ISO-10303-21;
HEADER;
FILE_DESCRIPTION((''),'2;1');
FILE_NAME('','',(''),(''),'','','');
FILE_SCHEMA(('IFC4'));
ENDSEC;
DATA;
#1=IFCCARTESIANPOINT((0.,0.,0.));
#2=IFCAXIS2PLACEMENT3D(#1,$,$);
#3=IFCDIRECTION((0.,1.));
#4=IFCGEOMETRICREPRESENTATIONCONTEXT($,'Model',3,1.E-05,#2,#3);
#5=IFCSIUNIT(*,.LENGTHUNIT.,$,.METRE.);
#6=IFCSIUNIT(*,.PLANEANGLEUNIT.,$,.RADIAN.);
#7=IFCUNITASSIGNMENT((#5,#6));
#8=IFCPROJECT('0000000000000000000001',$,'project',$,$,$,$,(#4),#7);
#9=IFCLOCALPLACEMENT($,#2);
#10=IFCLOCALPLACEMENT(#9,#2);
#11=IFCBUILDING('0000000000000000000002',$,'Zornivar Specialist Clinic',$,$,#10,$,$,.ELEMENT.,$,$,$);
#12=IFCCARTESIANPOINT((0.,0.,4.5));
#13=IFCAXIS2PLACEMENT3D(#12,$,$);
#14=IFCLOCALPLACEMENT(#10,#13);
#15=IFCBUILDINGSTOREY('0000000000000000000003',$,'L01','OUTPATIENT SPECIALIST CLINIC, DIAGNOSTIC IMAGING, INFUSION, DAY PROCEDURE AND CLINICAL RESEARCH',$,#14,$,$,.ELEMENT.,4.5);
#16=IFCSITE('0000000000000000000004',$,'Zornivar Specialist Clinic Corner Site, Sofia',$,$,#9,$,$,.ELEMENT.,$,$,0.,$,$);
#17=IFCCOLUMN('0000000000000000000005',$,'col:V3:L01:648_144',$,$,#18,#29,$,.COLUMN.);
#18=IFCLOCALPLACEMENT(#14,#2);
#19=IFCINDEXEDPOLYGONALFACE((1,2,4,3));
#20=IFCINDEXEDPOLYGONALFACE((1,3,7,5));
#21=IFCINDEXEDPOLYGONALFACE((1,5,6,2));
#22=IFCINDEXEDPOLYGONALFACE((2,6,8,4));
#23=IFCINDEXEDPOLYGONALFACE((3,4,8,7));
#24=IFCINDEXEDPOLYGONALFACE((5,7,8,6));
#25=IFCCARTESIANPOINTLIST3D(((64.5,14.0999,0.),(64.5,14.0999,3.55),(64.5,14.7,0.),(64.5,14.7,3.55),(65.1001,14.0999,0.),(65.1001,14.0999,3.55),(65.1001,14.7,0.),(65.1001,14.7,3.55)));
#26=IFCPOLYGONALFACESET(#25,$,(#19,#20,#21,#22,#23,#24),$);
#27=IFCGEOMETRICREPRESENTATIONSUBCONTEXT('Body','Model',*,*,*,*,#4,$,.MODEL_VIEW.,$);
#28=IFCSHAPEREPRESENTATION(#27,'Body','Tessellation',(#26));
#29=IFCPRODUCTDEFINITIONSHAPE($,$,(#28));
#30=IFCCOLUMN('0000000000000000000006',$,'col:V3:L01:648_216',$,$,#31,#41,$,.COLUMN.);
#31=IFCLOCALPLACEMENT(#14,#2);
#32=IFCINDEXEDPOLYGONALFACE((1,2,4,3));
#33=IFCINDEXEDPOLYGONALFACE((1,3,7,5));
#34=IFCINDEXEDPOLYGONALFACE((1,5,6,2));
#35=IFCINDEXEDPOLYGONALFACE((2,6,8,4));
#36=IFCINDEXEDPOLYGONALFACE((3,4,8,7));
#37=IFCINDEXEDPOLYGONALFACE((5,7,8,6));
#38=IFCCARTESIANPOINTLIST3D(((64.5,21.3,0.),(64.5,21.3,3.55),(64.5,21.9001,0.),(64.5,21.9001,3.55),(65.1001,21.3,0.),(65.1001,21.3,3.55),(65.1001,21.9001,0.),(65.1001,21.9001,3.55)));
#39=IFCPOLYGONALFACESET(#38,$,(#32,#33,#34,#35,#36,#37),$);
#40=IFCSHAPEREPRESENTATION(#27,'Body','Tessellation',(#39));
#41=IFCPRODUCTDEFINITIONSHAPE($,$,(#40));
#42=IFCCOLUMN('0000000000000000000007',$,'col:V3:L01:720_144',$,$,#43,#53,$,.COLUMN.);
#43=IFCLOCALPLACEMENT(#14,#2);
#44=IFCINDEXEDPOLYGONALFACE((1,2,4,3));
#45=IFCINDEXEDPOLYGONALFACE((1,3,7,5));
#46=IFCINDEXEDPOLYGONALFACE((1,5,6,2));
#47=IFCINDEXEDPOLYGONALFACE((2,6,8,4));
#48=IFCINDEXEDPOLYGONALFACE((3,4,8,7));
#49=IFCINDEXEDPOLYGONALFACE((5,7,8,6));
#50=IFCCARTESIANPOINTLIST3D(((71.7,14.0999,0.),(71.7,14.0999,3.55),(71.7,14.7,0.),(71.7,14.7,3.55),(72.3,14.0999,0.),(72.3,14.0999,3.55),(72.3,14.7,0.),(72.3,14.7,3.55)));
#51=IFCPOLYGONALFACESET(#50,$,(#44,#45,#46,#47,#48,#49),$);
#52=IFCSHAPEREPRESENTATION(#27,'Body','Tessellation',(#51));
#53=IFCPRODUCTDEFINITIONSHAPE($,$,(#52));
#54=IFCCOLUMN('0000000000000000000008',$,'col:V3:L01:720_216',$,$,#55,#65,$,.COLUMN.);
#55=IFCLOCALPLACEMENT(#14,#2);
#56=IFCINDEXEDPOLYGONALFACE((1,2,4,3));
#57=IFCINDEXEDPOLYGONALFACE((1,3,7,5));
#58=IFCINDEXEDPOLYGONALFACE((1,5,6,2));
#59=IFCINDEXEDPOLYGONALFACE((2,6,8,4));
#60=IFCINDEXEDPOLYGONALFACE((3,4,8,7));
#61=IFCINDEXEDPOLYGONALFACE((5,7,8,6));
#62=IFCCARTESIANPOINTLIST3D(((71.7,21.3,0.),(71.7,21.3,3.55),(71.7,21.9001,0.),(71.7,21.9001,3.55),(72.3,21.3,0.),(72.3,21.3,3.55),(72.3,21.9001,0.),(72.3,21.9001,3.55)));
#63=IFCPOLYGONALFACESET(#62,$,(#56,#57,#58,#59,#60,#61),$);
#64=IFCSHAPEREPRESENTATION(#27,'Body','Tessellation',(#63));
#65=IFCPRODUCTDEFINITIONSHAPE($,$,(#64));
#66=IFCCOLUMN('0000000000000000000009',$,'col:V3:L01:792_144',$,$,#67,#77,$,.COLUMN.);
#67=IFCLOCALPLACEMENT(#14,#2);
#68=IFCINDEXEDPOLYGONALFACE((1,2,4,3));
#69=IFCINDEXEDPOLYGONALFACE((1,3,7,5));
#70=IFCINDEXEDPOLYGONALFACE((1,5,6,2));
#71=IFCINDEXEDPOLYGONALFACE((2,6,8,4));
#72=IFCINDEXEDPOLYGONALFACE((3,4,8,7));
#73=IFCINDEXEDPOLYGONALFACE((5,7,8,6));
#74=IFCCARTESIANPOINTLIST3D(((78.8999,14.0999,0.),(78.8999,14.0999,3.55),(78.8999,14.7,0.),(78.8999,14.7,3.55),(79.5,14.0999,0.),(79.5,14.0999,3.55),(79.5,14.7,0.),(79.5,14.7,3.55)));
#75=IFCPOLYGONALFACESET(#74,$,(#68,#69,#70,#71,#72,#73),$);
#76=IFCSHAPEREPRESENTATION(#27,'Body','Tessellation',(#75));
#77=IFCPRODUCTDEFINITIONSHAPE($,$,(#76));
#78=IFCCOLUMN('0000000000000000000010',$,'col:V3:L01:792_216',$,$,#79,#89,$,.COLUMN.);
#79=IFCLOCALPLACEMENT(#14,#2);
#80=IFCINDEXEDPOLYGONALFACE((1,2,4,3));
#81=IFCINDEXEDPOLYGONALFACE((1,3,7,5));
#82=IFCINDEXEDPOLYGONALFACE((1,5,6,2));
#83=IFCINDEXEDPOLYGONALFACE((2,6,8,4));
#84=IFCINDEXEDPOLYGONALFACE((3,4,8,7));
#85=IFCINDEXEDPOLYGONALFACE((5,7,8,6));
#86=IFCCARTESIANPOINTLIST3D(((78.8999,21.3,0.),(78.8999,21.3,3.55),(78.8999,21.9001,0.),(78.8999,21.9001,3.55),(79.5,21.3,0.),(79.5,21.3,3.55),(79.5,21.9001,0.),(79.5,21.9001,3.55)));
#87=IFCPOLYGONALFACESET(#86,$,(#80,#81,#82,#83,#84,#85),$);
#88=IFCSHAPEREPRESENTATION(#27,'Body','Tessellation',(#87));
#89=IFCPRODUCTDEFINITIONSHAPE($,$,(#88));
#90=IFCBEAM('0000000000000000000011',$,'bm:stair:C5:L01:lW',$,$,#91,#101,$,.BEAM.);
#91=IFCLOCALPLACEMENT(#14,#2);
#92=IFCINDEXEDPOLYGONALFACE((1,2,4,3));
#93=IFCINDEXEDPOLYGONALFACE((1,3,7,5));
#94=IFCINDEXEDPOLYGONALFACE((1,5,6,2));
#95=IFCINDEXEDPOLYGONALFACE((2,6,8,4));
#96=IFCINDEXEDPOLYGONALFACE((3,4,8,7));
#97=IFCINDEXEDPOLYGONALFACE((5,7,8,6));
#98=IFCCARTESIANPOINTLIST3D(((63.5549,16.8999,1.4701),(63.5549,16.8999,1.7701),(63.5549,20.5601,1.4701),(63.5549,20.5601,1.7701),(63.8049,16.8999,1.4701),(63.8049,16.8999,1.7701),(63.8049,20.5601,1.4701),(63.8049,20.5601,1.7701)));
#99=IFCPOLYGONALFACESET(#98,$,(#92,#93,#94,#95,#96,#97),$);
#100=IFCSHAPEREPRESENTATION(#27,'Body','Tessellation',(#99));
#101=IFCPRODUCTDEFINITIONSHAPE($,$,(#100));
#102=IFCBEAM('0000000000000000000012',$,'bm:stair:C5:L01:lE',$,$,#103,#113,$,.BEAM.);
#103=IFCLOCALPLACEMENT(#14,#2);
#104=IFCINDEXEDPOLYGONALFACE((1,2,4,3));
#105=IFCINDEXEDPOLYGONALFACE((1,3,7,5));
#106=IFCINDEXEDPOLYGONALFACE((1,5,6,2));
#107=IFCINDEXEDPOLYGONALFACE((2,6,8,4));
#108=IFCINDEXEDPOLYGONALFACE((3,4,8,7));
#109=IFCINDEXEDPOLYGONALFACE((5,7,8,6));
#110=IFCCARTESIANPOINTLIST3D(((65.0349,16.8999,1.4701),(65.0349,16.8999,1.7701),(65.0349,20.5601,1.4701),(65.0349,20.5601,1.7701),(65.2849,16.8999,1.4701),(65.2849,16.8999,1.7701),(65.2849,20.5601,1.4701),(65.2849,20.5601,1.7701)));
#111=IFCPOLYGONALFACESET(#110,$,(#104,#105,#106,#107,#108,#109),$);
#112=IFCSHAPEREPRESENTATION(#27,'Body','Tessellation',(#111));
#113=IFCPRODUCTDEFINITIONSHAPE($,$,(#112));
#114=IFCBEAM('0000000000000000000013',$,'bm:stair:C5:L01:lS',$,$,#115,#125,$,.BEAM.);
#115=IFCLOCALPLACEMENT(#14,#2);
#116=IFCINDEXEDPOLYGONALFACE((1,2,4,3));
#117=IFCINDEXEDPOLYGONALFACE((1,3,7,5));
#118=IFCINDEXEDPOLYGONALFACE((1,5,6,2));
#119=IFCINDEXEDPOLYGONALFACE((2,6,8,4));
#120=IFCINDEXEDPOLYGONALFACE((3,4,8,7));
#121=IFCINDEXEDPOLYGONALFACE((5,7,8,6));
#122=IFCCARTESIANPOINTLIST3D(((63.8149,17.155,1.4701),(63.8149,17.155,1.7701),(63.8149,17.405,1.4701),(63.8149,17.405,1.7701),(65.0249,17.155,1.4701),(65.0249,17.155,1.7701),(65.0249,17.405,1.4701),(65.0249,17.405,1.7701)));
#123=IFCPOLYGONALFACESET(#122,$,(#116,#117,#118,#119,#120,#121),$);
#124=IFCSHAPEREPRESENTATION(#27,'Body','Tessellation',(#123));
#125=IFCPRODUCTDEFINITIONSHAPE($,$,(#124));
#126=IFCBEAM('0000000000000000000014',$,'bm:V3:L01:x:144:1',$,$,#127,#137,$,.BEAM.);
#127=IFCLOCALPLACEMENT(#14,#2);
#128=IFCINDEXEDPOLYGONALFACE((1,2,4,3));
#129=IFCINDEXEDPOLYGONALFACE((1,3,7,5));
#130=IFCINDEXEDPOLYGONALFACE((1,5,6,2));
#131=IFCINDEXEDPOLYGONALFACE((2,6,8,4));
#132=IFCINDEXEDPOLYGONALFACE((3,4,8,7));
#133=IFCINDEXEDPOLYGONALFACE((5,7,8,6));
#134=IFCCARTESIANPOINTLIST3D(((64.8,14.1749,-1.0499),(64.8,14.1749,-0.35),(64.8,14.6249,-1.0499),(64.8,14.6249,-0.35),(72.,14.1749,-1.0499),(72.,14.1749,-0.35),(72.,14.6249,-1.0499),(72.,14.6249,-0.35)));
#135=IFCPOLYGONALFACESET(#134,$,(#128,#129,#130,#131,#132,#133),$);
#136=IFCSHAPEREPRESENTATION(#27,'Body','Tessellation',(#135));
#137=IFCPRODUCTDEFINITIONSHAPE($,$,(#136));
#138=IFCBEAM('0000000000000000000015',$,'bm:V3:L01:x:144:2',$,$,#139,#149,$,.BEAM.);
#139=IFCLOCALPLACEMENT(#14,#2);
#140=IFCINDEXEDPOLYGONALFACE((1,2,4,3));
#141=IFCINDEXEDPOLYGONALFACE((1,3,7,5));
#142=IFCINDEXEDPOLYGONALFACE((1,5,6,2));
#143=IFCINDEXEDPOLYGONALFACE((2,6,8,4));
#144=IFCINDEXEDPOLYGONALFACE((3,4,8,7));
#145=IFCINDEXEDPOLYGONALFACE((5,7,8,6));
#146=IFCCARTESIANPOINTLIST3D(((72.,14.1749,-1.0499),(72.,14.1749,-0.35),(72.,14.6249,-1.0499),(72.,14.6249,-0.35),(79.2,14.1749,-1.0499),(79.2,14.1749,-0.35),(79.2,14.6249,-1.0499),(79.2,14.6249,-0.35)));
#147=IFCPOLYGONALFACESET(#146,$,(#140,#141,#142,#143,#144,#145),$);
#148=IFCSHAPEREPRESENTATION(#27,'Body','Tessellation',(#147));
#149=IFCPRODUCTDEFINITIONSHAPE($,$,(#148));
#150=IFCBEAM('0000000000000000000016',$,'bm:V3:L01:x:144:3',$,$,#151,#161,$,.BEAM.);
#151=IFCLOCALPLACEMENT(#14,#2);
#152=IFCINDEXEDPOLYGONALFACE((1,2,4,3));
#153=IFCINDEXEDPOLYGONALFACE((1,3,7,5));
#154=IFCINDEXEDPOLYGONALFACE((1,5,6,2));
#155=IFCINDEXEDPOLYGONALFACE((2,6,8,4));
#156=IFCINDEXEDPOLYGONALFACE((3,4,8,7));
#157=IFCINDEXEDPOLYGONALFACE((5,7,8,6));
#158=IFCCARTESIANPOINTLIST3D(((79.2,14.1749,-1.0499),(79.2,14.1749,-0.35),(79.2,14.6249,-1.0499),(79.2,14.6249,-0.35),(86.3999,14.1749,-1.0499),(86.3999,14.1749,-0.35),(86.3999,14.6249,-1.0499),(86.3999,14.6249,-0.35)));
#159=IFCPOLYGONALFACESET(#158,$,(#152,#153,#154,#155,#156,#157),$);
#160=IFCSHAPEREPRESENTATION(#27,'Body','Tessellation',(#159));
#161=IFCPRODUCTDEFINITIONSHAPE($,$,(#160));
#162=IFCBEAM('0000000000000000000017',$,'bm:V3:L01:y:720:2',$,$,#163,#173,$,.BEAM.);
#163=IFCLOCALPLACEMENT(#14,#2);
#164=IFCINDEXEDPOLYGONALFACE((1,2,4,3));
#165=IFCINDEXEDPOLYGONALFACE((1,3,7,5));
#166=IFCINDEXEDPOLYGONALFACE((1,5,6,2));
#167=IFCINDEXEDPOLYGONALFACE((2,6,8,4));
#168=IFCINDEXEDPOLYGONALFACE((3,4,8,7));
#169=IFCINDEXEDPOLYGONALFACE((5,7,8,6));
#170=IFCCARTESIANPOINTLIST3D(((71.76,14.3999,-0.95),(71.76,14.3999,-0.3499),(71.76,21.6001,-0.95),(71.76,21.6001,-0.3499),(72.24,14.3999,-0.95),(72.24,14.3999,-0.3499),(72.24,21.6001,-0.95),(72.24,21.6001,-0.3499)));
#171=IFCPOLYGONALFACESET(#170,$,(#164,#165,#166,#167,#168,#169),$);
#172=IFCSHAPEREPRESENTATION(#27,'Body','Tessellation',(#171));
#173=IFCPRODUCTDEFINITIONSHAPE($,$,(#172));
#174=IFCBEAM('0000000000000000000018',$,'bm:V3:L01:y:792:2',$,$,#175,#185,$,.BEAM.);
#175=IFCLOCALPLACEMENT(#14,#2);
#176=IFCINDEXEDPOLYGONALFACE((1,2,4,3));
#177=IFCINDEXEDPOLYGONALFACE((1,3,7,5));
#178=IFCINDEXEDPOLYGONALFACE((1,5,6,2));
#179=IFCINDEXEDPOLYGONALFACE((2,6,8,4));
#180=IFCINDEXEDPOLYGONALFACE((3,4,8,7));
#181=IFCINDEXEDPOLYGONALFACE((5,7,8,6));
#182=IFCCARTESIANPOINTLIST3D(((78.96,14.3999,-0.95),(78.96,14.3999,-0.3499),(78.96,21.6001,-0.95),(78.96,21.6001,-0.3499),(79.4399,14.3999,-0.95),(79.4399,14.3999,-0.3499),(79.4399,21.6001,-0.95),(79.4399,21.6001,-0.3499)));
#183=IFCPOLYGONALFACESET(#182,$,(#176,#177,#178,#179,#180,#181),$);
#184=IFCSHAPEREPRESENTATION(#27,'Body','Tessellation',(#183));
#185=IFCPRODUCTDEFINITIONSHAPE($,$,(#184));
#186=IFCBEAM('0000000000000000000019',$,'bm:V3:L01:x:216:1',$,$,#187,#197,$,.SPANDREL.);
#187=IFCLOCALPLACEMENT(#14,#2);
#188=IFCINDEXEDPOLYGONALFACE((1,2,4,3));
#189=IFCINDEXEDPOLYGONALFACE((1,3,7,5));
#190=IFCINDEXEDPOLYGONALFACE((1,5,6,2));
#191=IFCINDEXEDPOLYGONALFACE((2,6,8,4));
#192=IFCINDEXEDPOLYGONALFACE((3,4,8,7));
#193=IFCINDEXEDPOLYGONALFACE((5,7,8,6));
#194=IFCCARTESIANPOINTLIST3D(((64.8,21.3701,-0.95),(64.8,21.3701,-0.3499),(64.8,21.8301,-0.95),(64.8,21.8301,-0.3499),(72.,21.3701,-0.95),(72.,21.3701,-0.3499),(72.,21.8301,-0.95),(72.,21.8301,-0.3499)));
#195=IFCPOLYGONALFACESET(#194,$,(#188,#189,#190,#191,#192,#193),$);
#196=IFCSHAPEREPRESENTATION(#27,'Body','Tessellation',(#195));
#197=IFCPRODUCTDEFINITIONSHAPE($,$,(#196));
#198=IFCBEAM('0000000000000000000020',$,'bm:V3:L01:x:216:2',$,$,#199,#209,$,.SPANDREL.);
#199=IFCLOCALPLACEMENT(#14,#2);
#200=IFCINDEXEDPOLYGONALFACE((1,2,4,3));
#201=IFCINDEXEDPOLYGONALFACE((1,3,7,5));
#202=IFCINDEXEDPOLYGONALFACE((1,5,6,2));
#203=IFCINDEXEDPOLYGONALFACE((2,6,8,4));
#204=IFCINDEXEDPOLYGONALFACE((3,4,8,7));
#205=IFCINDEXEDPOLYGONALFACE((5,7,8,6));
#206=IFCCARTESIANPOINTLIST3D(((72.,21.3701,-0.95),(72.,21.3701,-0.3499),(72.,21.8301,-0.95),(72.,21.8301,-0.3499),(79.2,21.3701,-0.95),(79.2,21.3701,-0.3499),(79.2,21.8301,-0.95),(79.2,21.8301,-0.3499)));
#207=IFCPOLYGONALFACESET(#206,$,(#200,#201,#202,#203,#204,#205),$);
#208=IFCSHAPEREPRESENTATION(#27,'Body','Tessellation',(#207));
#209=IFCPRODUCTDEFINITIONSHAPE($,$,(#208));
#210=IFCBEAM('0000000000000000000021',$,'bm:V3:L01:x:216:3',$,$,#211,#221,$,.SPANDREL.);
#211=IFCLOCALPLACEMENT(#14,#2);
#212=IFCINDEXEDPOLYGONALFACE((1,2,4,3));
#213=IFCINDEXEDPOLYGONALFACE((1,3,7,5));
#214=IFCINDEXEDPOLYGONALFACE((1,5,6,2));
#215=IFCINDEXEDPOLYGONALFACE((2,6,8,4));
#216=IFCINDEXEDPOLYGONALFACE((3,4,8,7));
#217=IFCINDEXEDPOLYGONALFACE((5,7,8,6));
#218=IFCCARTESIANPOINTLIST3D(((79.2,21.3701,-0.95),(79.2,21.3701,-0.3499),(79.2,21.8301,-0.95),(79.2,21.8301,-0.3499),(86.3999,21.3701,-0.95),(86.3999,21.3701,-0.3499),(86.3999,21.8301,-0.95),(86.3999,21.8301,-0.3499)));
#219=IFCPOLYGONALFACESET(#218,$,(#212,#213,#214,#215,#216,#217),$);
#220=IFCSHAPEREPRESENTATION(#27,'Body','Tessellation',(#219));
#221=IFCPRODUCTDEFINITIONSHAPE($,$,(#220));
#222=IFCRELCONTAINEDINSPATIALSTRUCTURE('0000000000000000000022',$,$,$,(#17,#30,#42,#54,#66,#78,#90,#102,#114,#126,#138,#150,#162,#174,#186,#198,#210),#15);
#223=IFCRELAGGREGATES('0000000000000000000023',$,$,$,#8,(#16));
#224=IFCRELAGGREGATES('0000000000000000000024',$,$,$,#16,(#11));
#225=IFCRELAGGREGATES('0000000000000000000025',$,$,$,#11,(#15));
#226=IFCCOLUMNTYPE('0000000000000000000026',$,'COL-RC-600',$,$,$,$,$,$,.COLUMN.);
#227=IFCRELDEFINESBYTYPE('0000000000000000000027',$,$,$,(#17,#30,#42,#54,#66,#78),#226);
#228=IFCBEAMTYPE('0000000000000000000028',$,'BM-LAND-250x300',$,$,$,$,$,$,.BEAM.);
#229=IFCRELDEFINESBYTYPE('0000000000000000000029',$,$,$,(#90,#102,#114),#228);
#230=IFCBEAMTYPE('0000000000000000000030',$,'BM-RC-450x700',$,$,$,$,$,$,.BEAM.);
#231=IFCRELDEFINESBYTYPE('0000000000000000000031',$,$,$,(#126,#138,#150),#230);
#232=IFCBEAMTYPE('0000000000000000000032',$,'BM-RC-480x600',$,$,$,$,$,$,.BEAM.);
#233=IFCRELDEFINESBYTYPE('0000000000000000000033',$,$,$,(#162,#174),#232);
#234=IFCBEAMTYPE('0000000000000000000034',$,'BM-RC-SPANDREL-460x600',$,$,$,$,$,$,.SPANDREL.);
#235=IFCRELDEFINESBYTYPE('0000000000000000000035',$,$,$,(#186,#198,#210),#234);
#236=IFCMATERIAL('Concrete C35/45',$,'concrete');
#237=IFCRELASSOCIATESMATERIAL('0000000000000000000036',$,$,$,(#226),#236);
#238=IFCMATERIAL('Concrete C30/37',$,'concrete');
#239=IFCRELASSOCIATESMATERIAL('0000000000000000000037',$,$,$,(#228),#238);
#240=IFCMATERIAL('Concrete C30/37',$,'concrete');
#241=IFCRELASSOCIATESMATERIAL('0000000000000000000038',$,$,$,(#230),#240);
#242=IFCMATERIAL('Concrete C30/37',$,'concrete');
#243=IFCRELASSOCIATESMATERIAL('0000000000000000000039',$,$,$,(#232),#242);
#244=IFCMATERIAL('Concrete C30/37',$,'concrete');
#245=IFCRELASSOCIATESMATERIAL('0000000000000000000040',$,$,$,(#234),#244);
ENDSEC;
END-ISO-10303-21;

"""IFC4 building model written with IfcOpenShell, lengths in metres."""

from ifc_helpers import new_model, si_unit, direction, frame, origin, origin_2d, place, context, subcontext, project, spatial, rectangle, extrude, material, material_profile, profile_set, type_object, element, save


model = new_model("IFC4")

# Units and contexts
model_context = context("Model", 3, precision=1e-05, world=origin(), true_north=direction((0.0, 1.0)))
body_context = subcontext(model_context, "Body", "Model", "MODEL_VIEW")
ifc_project = project(units=[si_unit("LENGTHUNIT", "METRE"), si_unit("PLANEANGLEUNIT", "RADIAN")], contexts=[model_context])

# Site, building, storey
site_placement = place(None, origin())
site = spatial("IfcSite", under=ifc_project, at=site_placement, Name="Zornivar Specialist Clinic Corner Site, Sofia", CompositionType="ELEMENT", RefElevation=0.0)
building_placement = place(site_placement, origin())
building = spatial("IfcBuilding", under=site, at=building_placement, Name="Zornivar Specialist Clinic", CompositionType="ELEMENT")
storey_placement = place(building_placement, frame((0.0, 0.0, 4.5)))
storey = spatial("IfcBuildingStorey", under=building, at=storey_placement, Name="L01", Description="OUTPATIENT SPECIALIST CLINIC, DIAGNOSTIC IMAGING, INFUSION, DAY PROCEDURE AND CLINICAL RESEARCH", CompositionType="ELEMENT", Elevation=4.5)

# Columns
ifc_material_1 = material(Name="Concrete C35/45", Category="concrete")
ifc_material_profile_1 = material_profile(ifc_material_1, rectangle(XDim=0.6001, YDim=0.6001, at=origin_2d()), Name="RC 600x600")
ifc_profile_set_1 = profile_set([ifc_material_profile_1], Name="Concrete C35/45")
column_type = type_object("IfcColumnType", Name="COL-RC-600", PredefinedType="COLUMN", material=ifc_profile_set_1)
for number, where, z_axis, x_axis, name in (
    (1, (64.8, 14.3999, 0.0), (0.0, 0.0, 1.0), (1.0, 0.0, 0.0), "col:V3:L01:648_144"),
    (2, (64.8, 21.6001, 0.0), (0.0, 0.0, 1.0), (1.0, 0.0, 0.0), "col:V3:L01:648_216"),
    (3, (72.0, 14.3999, 0.0), (0.0, 0.0, 1.0), (1.0, 0.0, 0.0), "col:V3:L01:720_144"),
    (4, (72.0, 21.6001, 0.0), (0.0, 0.0, 1.0), (1.0, 0.0, 0.0), "col:V3:L01:720_216"),
    (5, (79.2, 14.3999, 0.0), (0.0, 0.0, 1.0), (1.0, 0.0, 0.0), "col:V3:L01:792_144"),
    (6, (79.2, 21.6001, 0.0), (0.0, 0.0, 1.0), (1.0, 0.0, 0.0), "col:V3:L01:792_216"),
):
    element("IfcColumn", number, at=place(storey_placement, frame(where, z_axis=z_axis, x_axis=x_axis)), inside=storey, type_object=column_type, Name=name, PredefinedType="COLUMN", context=body_context, shape_type="SweptSolid", body=[
        extrude(rectangle(XDim=0.6001, YDim=0.6001, at=origin_2d()), origin(), (0.0, 0.0, 1.0), 3.55),
    ])

# Beams
ifc_material_2 = material(Name="Concrete C30/37", Category="concrete")
ifc_material_profile_2 = material_profile(ifc_material_2, rectangle(XDim=0.25, YDim=0.3, at=origin_2d()), Name="RC 250x300")
ifc_profile_set_2 = profile_set([ifc_material_profile_2], Name="Concrete C30/37")
beam_type_1 = type_object("IfcBeamType", Name="BM-LAND-250x300", PredefinedType="BEAM", material=ifc_profile_set_2)
for number, where, z_axis, x_axis, name in (
    (7, (63.6799, 16.8999, 1.6201), (0.0, 1.0, 0.0), (-1.0, 0.0, 0.0), "bm:stair:C5:L01:lW"),
    (8, (65.1599, 16.8999, 1.6201), (0.0, 1.0, 0.0), (-1.0, 0.0, 0.0), "bm:stair:C5:L01:lE"),
):
    element("IfcBeam", number, at=place(storey_placement, frame(where, z_axis=z_axis, x_axis=x_axis)), inside=storey, type_object=beam_type_1, Name=name, PredefinedType="BEAM", context=body_context, shape_type="SweptSolid", body=[
        extrude(rectangle(XDim=0.25, YDim=0.3, at=origin_2d()), origin(), (0.0, 0.0, 1.0), 3.6602),
    ])
beam_placement = place(storey_placement, frame((63.8149, 17.28, 1.6201), z_axis=(1.0, 0.0, 0.0), x_axis=(0.0, 1.0, 0.0)))
element("IfcBeam", 9, at=beam_placement, inside=storey, type_object=beam_type_1, Name="bm:stair:C5:L01:lS", PredefinedType="BEAM", context=body_context, shape_type="SweptSolid", body=[
    extrude(rectangle(XDim=0.25, YDim=0.3, at=origin_2d()), origin(), (0.0, 0.0, 1.0), 1.21),
])
ifc_material_3 = material(Name="Concrete C30/37", Category="concrete")
ifc_material_profile_3 = material_profile(ifc_material_3, rectangle(XDim=0.45, YDim=0.7, at=origin_2d()), Name="RC 450x700")
ifc_profile_set_3 = profile_set([ifc_material_profile_3], Name="Concrete C30/37")
beam_type_2 = type_object("IfcBeamType", Name="BM-RC-450x700", PredefinedType="BEAM", material=ifc_profile_set_3)
for number, where, z_axis, x_axis, name in (
    (10, (64.8, 14.3999, -0.7), (1.0, 0.0, 0.0), (0.0, 1.0, 0.0), "bm:V3:L01:x:144:1"),
    (11, (72.0, 14.3999, -0.7), (1.0, 0.0, 0.0), (0.0, 1.0, 0.0), "bm:V3:L01:x:144:2"),
    (12, (79.2, 14.3999, -0.7), (1.0, 0.0, 0.0), (0.0, 1.0, 0.0), "bm:V3:L01:x:144:3"),
):
    element("IfcBeam", number, at=place(storey_placement, frame(where, z_axis=z_axis, x_axis=x_axis)), inside=storey, type_object=beam_type_2, Name=name, PredefinedType="BEAM", context=body_context, shape_type="SweptSolid", body=[
        extrude(rectangle(XDim=0.45, YDim=0.7, at=origin_2d()), origin(), (0.0, 0.0, 1.0), 7.2),
    ])
ifc_material_4 = material(Name="Concrete C30/37", Category="concrete")
ifc_material_profile_4 = material_profile(ifc_material_4, rectangle(XDim=0.48, YDim=0.6001, at=origin_2d()), Name="RC 480x600")
ifc_profile_set_4 = profile_set([ifc_material_profile_4], Name="Concrete C30/37")
beam_type_3 = type_object("IfcBeamType", Name="BM-RC-480x600", PredefinedType="BEAM", material=ifc_profile_set_4)
for number, where, z_axis, x_axis, name in (
    (13, (72.0, 14.3999, -0.6499), (0.0, 1.0, 0.0), (-1.0, 0.0, 0.0), "bm:V3:L01:y:720:2"),
    (14, (79.2, 14.3999, -0.6499), (0.0, 1.0, 0.0), (-1.0, 0.0, 0.0), "bm:V3:L01:y:792:2"),
):
    element("IfcBeam", number, at=place(storey_placement, frame(where, z_axis=z_axis, x_axis=x_axis)), inside=storey, type_object=beam_type_3, Name=name, PredefinedType="BEAM", context=body_context, shape_type="SweptSolid", body=[
        extrude(rectangle(XDim=0.48, YDim=0.6001, at=origin_2d()), origin(), (0.0, 0.0, 1.0), 7.2002),
    ])
ifc_material_5 = material(Name="Concrete C30/37", Category="concrete")
ifc_material_profile_5 = material_profile(ifc_material_5, rectangle(XDim=0.46, YDim=0.6001, at=origin_2d()), Name="RC 460x600")
ifc_profile_set_5 = profile_set([ifc_material_profile_5], Name="Concrete C30/37")
beam_type_4 = type_object("IfcBeamType", Name="BM-RC-SPANDREL-460x600", PredefinedType="SPANDREL", material=ifc_profile_set_5)
for number, where, z_axis, x_axis, name in (
    (15, (64.8, 21.6001, -0.6499), (1.0, 0.0, 0.0), (0.0, 1.0, 0.0), "bm:V3:L01:x:216:1"),
    (16, (72.0, 21.6001, -0.6499), (1.0, 0.0, 0.0), (0.0, 1.0, 0.0), "bm:V3:L01:x:216:2"),
    (17, (79.2, 21.6001, -0.6499), (1.0, 0.0, 0.0), (0.0, 1.0, 0.0), "bm:V3:L01:x:216:3"),
):
    element("IfcBeam", number, at=place(storey_placement, frame(where, z_axis=z_axis, x_axis=x_axis)), inside=storey, type_object=beam_type_4, Name=name, PredefinedType="SPANDREL", context=body_context, shape_type="SweptSolid", body=[
        extrude(rectangle(XDim=0.46, YDim=0.6001, at=origin_2d()), origin(), (0.0, 0.0, 1.0), 7.2),
    ])

save(model, "model.ifc")
